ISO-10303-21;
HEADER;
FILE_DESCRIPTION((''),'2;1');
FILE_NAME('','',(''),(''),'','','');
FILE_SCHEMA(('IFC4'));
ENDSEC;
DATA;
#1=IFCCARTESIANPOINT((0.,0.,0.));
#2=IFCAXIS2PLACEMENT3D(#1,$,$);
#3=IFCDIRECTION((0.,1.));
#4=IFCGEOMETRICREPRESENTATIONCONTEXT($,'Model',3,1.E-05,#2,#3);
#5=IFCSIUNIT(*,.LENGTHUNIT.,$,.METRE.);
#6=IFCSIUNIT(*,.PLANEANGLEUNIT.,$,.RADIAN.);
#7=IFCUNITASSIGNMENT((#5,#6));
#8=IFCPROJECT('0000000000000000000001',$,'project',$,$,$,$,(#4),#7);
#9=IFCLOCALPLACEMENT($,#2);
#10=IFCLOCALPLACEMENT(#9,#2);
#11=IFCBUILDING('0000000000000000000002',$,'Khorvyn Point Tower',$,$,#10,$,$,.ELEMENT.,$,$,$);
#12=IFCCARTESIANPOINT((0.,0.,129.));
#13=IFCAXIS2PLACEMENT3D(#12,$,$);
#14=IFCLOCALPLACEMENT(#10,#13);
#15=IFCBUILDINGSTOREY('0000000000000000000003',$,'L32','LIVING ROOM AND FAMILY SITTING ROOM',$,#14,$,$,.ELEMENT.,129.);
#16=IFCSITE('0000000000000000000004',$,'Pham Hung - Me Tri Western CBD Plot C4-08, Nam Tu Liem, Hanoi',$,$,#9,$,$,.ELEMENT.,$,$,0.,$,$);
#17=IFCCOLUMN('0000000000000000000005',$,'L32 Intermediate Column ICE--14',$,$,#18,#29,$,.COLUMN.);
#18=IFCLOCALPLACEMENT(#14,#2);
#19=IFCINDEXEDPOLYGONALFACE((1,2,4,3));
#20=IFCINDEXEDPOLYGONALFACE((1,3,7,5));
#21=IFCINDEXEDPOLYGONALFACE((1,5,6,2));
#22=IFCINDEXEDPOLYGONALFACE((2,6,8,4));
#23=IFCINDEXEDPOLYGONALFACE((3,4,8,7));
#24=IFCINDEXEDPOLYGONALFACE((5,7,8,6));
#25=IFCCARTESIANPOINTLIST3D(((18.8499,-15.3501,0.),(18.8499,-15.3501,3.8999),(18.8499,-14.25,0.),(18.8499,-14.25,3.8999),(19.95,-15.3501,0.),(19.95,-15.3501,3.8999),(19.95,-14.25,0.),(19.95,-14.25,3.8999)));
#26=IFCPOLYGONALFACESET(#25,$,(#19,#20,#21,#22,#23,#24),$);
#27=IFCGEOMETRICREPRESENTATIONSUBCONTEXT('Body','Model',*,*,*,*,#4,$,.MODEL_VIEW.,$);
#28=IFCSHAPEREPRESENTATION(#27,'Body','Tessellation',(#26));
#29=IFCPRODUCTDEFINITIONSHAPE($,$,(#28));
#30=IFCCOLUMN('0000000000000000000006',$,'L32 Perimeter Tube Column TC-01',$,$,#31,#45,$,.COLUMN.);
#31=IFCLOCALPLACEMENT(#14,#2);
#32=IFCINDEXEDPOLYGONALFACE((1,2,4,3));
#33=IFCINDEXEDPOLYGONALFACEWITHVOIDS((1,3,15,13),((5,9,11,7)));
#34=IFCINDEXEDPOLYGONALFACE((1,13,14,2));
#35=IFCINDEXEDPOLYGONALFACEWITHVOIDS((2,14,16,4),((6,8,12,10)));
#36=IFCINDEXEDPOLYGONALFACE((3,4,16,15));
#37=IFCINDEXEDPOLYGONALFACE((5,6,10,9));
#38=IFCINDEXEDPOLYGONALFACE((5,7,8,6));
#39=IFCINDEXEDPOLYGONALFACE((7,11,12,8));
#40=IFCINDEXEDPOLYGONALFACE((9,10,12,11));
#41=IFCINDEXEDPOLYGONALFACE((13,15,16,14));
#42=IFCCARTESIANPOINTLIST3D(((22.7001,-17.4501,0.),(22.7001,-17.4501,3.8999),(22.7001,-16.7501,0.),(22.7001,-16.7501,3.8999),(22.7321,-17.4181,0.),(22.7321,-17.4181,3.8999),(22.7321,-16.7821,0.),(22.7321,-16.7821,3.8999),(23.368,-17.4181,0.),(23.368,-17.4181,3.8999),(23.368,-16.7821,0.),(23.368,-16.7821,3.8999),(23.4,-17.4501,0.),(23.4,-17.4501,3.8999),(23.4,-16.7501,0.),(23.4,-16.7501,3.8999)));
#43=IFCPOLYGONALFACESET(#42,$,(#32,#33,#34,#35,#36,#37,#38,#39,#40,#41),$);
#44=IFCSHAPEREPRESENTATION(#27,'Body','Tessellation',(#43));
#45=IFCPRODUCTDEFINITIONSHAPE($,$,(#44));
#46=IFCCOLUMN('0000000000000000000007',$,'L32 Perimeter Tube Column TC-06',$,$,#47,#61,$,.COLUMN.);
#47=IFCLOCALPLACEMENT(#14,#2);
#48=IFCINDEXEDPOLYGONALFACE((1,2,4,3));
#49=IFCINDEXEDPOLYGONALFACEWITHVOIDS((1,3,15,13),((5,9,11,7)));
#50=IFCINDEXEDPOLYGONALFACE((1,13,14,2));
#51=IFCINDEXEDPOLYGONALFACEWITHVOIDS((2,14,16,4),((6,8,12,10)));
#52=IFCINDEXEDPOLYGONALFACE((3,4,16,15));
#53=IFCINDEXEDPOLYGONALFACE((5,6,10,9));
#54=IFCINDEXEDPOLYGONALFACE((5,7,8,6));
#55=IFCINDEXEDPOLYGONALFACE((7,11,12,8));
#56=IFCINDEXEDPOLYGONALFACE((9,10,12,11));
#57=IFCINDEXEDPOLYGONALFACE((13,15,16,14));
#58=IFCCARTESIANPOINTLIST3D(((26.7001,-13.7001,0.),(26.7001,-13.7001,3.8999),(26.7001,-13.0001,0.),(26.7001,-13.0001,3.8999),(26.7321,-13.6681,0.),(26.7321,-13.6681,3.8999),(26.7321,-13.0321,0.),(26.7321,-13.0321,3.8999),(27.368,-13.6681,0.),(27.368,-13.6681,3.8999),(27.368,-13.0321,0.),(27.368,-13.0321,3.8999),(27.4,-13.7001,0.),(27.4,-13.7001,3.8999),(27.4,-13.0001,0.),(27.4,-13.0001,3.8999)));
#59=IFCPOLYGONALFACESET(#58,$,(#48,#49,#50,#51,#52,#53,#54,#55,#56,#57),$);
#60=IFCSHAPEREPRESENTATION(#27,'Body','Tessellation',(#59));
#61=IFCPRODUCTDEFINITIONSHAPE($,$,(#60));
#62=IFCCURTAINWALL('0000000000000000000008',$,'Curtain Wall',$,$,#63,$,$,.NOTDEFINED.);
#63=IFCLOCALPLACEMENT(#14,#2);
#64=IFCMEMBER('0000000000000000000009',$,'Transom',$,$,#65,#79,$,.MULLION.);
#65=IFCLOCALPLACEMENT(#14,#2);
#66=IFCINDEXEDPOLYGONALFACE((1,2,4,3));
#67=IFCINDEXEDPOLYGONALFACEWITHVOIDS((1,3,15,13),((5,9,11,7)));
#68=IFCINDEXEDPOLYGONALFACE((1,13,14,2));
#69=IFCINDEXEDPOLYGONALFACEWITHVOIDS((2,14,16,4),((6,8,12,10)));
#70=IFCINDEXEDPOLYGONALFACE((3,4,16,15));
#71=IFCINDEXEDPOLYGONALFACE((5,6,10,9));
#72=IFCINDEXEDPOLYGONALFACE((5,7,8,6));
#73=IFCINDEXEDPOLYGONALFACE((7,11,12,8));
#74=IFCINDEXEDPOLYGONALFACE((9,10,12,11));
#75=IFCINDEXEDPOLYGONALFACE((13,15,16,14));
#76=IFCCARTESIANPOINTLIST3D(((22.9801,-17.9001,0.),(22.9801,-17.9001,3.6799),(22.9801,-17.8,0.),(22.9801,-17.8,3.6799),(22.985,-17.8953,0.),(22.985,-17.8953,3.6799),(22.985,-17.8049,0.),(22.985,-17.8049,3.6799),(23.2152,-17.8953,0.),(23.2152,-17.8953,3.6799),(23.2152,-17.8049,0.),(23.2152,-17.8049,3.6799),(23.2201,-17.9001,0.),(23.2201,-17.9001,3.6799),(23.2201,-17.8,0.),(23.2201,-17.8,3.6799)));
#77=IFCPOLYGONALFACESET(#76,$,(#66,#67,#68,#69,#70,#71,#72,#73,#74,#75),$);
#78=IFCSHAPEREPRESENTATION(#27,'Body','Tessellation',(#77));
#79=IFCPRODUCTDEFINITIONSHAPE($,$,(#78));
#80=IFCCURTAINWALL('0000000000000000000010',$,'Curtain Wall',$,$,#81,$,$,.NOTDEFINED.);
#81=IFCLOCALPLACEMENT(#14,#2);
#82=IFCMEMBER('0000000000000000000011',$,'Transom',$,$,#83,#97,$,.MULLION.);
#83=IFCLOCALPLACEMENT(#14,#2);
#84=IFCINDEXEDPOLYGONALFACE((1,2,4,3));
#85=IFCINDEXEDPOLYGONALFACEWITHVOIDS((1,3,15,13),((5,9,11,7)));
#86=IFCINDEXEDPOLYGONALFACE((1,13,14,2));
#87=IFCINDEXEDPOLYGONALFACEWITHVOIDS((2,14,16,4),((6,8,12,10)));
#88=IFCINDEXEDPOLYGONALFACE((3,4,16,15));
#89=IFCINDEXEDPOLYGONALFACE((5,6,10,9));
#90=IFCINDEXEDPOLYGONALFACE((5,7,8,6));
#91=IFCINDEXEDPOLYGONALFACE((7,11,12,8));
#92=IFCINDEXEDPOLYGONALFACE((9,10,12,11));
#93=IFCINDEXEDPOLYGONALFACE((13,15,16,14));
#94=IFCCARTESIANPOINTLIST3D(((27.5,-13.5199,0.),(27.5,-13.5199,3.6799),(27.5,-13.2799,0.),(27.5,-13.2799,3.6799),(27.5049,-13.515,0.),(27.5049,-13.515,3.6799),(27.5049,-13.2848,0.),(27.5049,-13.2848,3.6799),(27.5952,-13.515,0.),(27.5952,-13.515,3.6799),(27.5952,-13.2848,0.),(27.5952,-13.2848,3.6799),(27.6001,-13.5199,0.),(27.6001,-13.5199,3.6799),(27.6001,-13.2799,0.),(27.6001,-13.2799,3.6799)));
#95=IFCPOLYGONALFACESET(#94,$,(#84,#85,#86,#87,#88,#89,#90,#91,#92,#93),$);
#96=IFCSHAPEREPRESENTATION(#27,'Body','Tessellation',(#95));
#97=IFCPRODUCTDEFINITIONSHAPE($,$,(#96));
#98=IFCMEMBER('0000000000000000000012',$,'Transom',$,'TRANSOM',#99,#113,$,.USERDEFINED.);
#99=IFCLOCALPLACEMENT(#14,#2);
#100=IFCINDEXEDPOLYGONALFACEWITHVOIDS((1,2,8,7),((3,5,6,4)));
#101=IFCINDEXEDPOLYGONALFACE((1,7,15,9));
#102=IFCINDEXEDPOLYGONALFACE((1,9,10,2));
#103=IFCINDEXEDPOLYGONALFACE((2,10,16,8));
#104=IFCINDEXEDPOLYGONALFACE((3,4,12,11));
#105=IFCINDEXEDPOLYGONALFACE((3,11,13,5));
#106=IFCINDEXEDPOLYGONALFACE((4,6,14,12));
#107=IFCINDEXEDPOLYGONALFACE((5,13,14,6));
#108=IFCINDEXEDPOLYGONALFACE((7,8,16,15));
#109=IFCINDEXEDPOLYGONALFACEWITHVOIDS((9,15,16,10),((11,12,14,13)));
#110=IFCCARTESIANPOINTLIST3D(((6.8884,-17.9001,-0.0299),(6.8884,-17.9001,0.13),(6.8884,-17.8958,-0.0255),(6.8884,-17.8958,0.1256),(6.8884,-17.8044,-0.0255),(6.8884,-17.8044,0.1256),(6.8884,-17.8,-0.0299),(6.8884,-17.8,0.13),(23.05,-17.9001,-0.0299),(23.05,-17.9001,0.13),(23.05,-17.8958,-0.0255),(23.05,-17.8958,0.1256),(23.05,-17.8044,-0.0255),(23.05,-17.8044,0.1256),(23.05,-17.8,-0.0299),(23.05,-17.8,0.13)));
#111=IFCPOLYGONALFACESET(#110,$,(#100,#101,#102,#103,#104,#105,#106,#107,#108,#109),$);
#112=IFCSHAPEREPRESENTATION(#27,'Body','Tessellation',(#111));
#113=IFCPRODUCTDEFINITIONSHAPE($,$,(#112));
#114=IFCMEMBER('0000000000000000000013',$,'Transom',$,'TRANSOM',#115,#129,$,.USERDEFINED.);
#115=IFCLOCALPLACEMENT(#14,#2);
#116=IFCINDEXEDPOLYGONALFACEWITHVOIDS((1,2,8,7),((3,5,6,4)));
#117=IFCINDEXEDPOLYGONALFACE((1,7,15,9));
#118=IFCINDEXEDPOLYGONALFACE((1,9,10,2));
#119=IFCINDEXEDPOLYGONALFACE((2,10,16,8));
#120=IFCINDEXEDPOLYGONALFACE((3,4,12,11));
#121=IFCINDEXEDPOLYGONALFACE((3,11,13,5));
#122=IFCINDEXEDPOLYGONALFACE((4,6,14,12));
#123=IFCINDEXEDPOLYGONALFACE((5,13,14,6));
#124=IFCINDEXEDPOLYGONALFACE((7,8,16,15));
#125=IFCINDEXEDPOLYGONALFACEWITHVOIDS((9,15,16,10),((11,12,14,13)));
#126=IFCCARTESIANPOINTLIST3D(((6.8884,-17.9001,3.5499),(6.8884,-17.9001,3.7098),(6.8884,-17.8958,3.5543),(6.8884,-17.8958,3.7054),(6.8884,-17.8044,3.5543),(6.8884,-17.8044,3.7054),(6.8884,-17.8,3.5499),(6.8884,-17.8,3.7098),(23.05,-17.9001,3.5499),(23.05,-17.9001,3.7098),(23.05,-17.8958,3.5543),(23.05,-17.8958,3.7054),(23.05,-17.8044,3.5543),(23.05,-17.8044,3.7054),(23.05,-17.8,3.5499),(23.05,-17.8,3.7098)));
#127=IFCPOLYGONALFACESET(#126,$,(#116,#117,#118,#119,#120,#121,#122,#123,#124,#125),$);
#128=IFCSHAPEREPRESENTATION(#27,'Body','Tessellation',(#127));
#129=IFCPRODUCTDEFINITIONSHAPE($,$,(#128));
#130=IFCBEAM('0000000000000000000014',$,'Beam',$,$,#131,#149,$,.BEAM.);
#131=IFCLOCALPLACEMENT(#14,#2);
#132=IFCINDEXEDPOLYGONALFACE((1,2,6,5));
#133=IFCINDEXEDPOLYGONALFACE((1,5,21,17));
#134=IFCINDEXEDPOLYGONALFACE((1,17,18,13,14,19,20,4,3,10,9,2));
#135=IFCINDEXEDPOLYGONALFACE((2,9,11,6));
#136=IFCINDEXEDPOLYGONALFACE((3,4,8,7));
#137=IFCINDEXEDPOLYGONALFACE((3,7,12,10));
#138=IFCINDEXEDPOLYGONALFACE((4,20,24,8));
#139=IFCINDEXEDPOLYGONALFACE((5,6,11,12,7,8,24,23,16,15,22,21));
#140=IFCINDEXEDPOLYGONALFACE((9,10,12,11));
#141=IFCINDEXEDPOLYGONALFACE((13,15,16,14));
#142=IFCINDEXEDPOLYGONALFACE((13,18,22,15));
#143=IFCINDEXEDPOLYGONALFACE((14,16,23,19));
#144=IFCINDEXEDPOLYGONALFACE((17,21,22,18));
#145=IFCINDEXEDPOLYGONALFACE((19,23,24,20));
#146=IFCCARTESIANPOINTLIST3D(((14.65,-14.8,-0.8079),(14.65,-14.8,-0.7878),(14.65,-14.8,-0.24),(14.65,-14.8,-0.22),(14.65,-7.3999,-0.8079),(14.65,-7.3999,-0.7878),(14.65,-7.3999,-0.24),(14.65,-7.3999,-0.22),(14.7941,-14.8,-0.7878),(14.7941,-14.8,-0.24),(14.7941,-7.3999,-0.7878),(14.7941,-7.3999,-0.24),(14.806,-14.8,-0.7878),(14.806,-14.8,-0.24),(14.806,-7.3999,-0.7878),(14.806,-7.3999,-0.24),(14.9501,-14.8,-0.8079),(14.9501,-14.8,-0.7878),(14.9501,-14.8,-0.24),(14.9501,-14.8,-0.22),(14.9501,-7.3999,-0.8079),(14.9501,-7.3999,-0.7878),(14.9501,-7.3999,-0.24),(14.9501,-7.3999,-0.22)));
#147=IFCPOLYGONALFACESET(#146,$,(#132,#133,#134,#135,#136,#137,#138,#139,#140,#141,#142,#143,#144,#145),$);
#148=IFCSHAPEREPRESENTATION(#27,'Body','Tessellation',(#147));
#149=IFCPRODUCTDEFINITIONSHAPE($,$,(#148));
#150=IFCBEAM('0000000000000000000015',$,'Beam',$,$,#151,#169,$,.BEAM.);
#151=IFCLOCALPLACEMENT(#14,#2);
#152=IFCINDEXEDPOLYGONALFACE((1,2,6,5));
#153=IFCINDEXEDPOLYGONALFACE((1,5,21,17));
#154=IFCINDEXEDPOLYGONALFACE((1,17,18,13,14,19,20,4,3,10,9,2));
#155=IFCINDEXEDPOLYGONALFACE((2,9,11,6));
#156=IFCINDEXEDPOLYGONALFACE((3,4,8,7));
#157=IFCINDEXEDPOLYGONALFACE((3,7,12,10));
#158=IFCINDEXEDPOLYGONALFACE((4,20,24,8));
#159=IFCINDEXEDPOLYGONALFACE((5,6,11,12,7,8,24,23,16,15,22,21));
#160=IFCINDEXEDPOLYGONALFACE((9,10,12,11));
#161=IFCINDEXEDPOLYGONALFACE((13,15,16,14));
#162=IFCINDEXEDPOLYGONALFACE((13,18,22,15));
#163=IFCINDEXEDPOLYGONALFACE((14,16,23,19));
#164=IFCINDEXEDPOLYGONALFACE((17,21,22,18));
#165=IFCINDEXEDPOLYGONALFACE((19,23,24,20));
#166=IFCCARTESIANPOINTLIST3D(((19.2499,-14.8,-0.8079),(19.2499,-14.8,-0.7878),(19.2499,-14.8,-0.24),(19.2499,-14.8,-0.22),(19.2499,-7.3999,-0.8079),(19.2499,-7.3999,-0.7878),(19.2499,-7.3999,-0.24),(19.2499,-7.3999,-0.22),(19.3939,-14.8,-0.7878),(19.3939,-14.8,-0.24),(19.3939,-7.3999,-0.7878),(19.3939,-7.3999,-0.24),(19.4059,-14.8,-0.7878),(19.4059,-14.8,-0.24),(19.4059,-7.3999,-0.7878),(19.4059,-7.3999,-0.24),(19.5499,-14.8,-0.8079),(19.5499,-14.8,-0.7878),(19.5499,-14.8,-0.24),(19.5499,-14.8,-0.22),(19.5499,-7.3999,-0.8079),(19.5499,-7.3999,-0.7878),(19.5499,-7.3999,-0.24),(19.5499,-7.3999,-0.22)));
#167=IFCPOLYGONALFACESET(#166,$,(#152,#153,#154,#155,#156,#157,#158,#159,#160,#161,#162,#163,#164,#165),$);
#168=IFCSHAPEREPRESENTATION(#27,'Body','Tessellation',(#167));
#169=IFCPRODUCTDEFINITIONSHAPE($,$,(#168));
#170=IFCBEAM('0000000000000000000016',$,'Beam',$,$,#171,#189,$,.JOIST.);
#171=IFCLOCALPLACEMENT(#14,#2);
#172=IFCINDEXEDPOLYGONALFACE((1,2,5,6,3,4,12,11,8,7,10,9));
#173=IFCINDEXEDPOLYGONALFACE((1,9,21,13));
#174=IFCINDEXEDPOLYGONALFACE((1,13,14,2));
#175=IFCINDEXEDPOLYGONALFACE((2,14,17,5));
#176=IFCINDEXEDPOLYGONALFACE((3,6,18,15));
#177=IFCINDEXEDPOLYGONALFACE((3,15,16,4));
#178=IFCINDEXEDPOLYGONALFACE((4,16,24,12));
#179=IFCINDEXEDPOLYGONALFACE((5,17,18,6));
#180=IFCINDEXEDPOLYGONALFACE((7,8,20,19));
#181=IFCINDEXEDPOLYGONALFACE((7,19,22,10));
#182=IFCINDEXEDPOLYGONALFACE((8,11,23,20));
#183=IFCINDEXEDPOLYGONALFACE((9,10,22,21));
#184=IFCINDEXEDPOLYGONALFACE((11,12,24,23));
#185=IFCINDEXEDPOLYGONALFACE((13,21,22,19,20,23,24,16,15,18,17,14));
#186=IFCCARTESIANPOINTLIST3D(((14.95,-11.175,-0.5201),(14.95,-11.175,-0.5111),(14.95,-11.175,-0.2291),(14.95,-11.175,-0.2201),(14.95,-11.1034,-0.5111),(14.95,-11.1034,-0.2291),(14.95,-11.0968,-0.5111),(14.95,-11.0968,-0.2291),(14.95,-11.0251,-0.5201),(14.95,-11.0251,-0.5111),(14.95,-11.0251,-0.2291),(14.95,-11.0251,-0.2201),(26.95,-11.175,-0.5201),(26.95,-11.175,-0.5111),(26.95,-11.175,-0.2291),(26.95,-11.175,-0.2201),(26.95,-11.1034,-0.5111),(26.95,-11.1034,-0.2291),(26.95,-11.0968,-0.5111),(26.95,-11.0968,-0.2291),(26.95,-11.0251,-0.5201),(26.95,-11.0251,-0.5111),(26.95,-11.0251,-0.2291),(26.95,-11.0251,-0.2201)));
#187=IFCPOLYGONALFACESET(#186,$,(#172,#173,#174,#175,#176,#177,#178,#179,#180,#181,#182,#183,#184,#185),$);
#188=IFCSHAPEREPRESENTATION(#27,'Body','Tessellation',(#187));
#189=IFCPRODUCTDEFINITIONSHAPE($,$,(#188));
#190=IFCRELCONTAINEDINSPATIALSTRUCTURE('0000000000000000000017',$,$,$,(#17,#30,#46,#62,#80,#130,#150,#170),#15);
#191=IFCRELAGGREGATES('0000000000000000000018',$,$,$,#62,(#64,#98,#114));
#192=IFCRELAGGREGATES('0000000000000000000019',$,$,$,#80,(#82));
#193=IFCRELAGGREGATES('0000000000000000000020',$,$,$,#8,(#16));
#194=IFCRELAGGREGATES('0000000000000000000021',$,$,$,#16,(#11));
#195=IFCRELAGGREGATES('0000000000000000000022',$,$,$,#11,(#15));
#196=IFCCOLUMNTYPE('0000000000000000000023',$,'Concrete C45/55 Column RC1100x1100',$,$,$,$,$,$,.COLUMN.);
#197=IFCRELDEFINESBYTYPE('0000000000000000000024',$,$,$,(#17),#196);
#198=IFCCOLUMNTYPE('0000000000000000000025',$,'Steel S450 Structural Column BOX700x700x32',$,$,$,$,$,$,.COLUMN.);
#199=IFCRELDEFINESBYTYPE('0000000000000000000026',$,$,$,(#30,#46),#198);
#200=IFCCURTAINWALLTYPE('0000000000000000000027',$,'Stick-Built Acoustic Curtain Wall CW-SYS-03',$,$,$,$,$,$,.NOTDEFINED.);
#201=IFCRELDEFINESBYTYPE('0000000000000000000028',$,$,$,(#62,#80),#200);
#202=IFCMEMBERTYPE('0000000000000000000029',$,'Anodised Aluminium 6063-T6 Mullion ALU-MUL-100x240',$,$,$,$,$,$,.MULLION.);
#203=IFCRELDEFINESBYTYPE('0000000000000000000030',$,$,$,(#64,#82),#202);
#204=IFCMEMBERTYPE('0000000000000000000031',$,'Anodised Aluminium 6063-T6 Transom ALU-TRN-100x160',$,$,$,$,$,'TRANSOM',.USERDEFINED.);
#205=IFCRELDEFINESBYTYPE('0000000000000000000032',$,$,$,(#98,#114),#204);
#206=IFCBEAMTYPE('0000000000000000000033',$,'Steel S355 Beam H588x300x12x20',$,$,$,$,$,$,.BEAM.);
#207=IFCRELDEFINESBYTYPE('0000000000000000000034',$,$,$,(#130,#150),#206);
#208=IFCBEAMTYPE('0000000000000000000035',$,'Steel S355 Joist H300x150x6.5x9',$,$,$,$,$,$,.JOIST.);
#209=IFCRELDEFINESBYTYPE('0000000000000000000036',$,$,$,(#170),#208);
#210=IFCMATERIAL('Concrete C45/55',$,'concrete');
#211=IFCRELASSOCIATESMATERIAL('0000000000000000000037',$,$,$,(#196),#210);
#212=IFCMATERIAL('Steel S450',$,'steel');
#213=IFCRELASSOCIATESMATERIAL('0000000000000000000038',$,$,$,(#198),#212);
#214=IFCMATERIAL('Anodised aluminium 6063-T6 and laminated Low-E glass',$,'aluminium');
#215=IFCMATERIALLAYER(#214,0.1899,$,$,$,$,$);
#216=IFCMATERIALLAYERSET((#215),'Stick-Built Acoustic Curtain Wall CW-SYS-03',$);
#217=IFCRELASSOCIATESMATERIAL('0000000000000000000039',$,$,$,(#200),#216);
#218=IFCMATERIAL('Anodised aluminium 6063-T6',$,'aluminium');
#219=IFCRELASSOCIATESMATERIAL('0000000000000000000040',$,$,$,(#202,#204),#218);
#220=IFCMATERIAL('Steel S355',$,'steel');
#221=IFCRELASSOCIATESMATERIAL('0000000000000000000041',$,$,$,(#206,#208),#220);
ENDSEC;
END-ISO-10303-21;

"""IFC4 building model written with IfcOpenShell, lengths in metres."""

from ifc_helpers import new_model, si_unit, direction, frame, origin, origin_2d, place, context, subcontext, project, spatial, rectangle, hollow_rectangle, i_section, extrude, material, layer, layer_set, material_profile, profile_set, type_object, element, aggregate, save


model = new_model("IFC4")

# Units and contexts
model_context = context("Model", 3, precision=1e-05, world=origin(), true_north=direction((0.0, 1.0)))
body_context = subcontext(model_context, "Body", "Model", "MODEL_VIEW")
ifc_project = project(units=[si_unit("LENGTHUNIT", "METRE"), si_unit("PLANEANGLEUNIT", "RADIAN")], contexts=[model_context])

# Site, building, storey
site_placement = place(None, origin())
site = spatial("IfcSite", under=ifc_project, at=site_placement, Name="Pham Hung - Me Tri Western CBD Plot C4-08, Nam Tu Liem, Hanoi", CompositionType="ELEMENT", RefElevation=0.0)
building_placement = place(site_placement, origin())
building = spatial("IfcBuilding", under=site, at=building_placement, Name="Khorvyn Point Tower", CompositionType="ELEMENT")
storey_placement = place(building_placement, frame((0.0, 0.0, 129.0)))
storey = spatial("IfcBuildingStorey", under=building, at=storey_placement, Name="L32", Description="LIVING ROOM AND FAMILY SITTING ROOM", CompositionType="ELEMENT", Elevation=129.0)

# Columns
ifc_material_1 = material(Name="Concrete C45/55", Category="concrete")
ifc_material_profile_1 = material_profile(ifc_material_1, rectangle(XDim=1.1001, YDim=1.1001, at=origin_2d()))
ifc_profile_set_1 = profile_set([ifc_material_profile_1], Name="Concrete C45/55 RC1100x1100")
column_type_1 = type_object("IfcColumnType", Name="Concrete C45/55 Column RC1100x1100", PredefinedType="COLUMN", material=ifc_profile_set_1)
column_placement = place(storey_placement, frame((19.3999, -14.8, 0.0), z_axis=(0.0, 0.0, 1.0), x_axis=(1.0, 0.0, 0.0)))
element("IfcColumn", 1, at=column_placement, inside=storey, type_object=column_type_1, Name="L32 Intermediate Column ICE--14", PredefinedType="COLUMN", context=body_context, shape_type="SweptSolid", body=[
    extrude(rectangle(XDim=1.1001, YDim=1.1001, at=origin_2d()), origin(), (0.0, 0.0, 1.0), 3.8999),
])
ifc_material_2 = material(Name="Steel S450", Category="steel")
ifc_material_profile_2 = material_profile(ifc_material_2, hollow_rectangle(XDim=0.7, YDim=0.7, WallThickness=0.032, at=origin_2d()))
ifc_profile_set_2 = profile_set([ifc_material_profile_2], Name="Steel S450 BOX700x700x32")
column_type_2 = type_object("IfcColumnType", Name="Steel S450 Structural Column BOX700x700x32", PredefinedType="COLUMN", material=ifc_profile_set_2)
for number, where, z_axis, x_axis, name in (
    (2, (23.05, -17.1001, 0.0), (0.0, 0.0, 1.0), (1.0, 0.0, 0.0), "L32 Perimeter Tube Column TC-01"),
    (3, (27.05, -13.3501, 0.0), (0.0, 0.0, 1.0), (1.0, 0.0, 0.0), "L32 Perimeter Tube Column TC-06"),
):
    element("IfcColumn", number, at=place(storey_placement, frame(where, z_axis=z_axis, x_axis=x_axis)), inside=storey, type_object=column_type_2, Name=name, PredefinedType="COLUMN", context=body_context, shape_type="SweptSolid", body=[
        extrude(hollow_rectangle(XDim=0.7, YDim=0.7, WallThickness=0.032, at=origin_2d()), origin(), (0.0, 0.0, 1.0), 3.8999),
    ])

# Curtain walls, members
ifc_material_3 = material(Name="Anodised aluminium 6063-T6 and laminated Low-E glass", Category="aluminium")
ifc_layer_1 = layer(ifc_material_3, 0.1899)
ifc_layer_set_1 = layer_set([ifc_layer_1], Name="Stick-Built Acoustic Curtain Wall CW-SYS-03")
curtain_wall_type = type_object("IfcCurtainWallType", Name="Stick-Built Acoustic Curtain Wall CW-SYS-03", PredefinedType="NOTDEFINED", material=ifc_layer_set_1)
curtain_wall_1_placement = place(storey_placement, origin())
curtain_wall_1 = element("IfcCurtainWall", 4, at=curtain_wall_1_placement, inside=storey, type_object=curtain_wall_type, Name="Curtain Wall", PredefinedType="NOTDEFINED")
ifc_material_4 = material(Name="Anodised aluminium 6063-T6", Category="aluminium")
ifc_material_profile_3 = material_profile(ifc_material_4, hollow_rectangle(XDim=0.1001, YDim=0.24, WallThickness=0.0049, at=origin_2d()))
ifc_profile_set_3 = profile_set([ifc_material_profile_3], Name="Anodised aluminium 6063-T6 ALU-MUL-100x240")
member_type_1 = type_object("IfcMemberType", Name="Anodised Aluminium 6063-T6 Mullion ALU-MUL-100x240", PredefinedType="MULLION", material=ifc_profile_set_3)
member_1_placement = place(storey_placement, frame((23.1001, -17.8501, 0.0), z_axis=(0.0, 0.0, 1.0), x_axis=(0.0, -1.0, 0.0)))
member_1 = element("IfcMember", 5, at=member_1_placement, type_object=member_type_1, Name="Transom", PredefinedType="MULLION", context=body_context, shape_type="SweptSolid", body=[
    extrude(hollow_rectangle(XDim=0.1001, YDim=0.24, WallThickness=0.0049, at=origin_2d()), origin(), (0.0, 0.0, 1.0), 3.6799),
])
curtain_wall_2_placement = place(storey_placement, origin())
curtain_wall_2 = element("IfcCurtainWall", 6, at=curtain_wall_2_placement, inside=storey, type_object=curtain_wall_type, Name="Curtain Wall", PredefinedType="NOTDEFINED")
member_2_placement = place(storey_placement, frame((27.55, -13.3999, 0.0), z_axis=(0.0, 0.0, 1.0), x_axis=(1.0, 0.0, 0.0)))
member_2 = element("IfcMember", 7, at=member_2_placement, type_object=member_type_1, Name="Transom", PredefinedType="MULLION", context=body_context, shape_type="SweptSolid", body=[
    extrude(hollow_rectangle(XDim=0.1001, YDim=0.24, WallThickness=0.0049, at=origin_2d()), origin(), (0.0, 0.0, 1.0), 3.6799),
])

# Members
ifc_material_profile_4 = material_profile(ifc_material_4, hollow_rectangle(XDim=0.1001, YDim=0.1599, WallThickness=0.0044, at=origin_2d()))
ifc_profile_set_4 = profile_set([ifc_material_profile_4], Name="Anodised aluminium 6063-T6 ALU-TRN-100x160")
member_type_2 = type_object("IfcMemberType", Name="Anodised Aluminium 6063-T6 Transom ALU-TRN-100x160", ElementType="TRANSOM", PredefinedType="USERDEFINED", material=ifc_profile_set_4)
member_3_placement = place(storey_placement, frame((23.05, -17.8501, 0.05), z_axis=(-1.0, 0.0, 0.0), x_axis=(0.0, -1.0, 0.0)))
member_3 = element("IfcMember", 8, at=member_3_placement, type_object=member_type_2, Name="Transom", ObjectType="TRANSOM", PredefinedType="USERDEFINED", context=body_context, shape_type="SweptSolid", body=[
    extrude(hollow_rectangle(XDim=0.1001, YDim=0.1599, WallThickness=0.0044, at=origin_2d()), origin(), (0.0, 0.0, 1.0), 16.1616),
])
member_4_placement = place(storey_placement, frame((23.05, -17.8501, 3.6299), z_axis=(-1.0, 0.0, 0.0), x_axis=(0.0, -1.0, 0.0)))
member_4 = element("IfcMember", 9, at=member_4_placement, type_object=member_type_2, Name="Transom", ObjectType="TRANSOM", PredefinedType="USERDEFINED", context=body_context, shape_type="SweptSolid", body=[
    extrude(hollow_rectangle(XDim=0.1001, YDim=0.1599, WallThickness=0.0044, at=origin_2d()), origin(), (0.0, 0.0, 1.0), 16.1616),
])

# Beams
ifc_material_5 = material(Name="Steel S355", Category="steel")
ifc_material_profile_5 = material_profile(ifc_material_5, i_section(OverallWidth=0.3, OverallDepth=0.5879, WebThickness=0.012, FlangeThickness=0.02, at=origin_2d()))
ifc_profile_set_5 = profile_set([ifc_material_profile_5], Name="Steel S355 H588x300x12x20")
beam_type_1 = type_object("IfcBeamType", Name="Steel S355 Beam H588x300x12x20", PredefinedType="BEAM", material=ifc_profile_set_5)
for number, where, z_axis, x_axis, name in (
    (10, (14.8, -14.8, -0.5139), (0.0, 1.0, 0.0), (-1.0, 0.0, 0.0), "Beam"),
    (11, (19.3999, -14.8, -0.5139), (0.0, 1.0, 0.0), (-1.0, 0.0, 0.0), "Beam"),
):
    element("IfcBeam", number, at=place(storey_placement, frame(where, z_axis=z_axis, x_axis=x_axis)), inside=storey, type_object=beam_type_1, Name=name, PredefinedType="BEAM", context=body_context, shape_type="SweptSolid", body=[
        extrude(i_section(OverallWidth=0.3, OverallDepth=0.5879, WebThickness=0.012, FlangeThickness=0.02, at=origin_2d()), origin(), (0.0, 0.0, 1.0), 7.4001),
    ])
ifc_material_profile_6 = material_profile(ifc_material_5, i_section(OverallWidth=0.1499, OverallDepth=0.3, WebThickness=0.0066, FlangeThickness=0.009, at=origin_2d()))
ifc_profile_set_6 = profile_set([ifc_material_profile_6], Name="Steel S355 H300x150x6.5x9")
beam_type_2 = type_object("IfcBeamType", Name="Steel S355 Joist H300x150x6.5x9", PredefinedType="JOIST", material=ifc_profile_set_6)
beam_1_placement = place(storey_placement, frame((14.95, -11.1001, -0.3701), z_axis=(1.0, 0.0, 0.0), x_axis=(0.0, 1.0, 0.0)))
element("IfcBeam", 12, at=beam_1_placement, inside=storey, type_object=beam_type_2, Name="Beam", PredefinedType="JOIST", context=body_context, shape_type="SweptSolid", body=[
    extrude(i_section(OverallWidth=0.1499, OverallDepth=0.3, WebThickness=0.0066, FlangeThickness=0.009, at=origin_2d()), origin(), (0.0, 0.0, 1.0), 12.0),
])

aggregate(curtain_wall_1, [member_1, member_3, member_4])
aggregate(curtain_wall_2, [member_2])

save(model, "model.ifc")
